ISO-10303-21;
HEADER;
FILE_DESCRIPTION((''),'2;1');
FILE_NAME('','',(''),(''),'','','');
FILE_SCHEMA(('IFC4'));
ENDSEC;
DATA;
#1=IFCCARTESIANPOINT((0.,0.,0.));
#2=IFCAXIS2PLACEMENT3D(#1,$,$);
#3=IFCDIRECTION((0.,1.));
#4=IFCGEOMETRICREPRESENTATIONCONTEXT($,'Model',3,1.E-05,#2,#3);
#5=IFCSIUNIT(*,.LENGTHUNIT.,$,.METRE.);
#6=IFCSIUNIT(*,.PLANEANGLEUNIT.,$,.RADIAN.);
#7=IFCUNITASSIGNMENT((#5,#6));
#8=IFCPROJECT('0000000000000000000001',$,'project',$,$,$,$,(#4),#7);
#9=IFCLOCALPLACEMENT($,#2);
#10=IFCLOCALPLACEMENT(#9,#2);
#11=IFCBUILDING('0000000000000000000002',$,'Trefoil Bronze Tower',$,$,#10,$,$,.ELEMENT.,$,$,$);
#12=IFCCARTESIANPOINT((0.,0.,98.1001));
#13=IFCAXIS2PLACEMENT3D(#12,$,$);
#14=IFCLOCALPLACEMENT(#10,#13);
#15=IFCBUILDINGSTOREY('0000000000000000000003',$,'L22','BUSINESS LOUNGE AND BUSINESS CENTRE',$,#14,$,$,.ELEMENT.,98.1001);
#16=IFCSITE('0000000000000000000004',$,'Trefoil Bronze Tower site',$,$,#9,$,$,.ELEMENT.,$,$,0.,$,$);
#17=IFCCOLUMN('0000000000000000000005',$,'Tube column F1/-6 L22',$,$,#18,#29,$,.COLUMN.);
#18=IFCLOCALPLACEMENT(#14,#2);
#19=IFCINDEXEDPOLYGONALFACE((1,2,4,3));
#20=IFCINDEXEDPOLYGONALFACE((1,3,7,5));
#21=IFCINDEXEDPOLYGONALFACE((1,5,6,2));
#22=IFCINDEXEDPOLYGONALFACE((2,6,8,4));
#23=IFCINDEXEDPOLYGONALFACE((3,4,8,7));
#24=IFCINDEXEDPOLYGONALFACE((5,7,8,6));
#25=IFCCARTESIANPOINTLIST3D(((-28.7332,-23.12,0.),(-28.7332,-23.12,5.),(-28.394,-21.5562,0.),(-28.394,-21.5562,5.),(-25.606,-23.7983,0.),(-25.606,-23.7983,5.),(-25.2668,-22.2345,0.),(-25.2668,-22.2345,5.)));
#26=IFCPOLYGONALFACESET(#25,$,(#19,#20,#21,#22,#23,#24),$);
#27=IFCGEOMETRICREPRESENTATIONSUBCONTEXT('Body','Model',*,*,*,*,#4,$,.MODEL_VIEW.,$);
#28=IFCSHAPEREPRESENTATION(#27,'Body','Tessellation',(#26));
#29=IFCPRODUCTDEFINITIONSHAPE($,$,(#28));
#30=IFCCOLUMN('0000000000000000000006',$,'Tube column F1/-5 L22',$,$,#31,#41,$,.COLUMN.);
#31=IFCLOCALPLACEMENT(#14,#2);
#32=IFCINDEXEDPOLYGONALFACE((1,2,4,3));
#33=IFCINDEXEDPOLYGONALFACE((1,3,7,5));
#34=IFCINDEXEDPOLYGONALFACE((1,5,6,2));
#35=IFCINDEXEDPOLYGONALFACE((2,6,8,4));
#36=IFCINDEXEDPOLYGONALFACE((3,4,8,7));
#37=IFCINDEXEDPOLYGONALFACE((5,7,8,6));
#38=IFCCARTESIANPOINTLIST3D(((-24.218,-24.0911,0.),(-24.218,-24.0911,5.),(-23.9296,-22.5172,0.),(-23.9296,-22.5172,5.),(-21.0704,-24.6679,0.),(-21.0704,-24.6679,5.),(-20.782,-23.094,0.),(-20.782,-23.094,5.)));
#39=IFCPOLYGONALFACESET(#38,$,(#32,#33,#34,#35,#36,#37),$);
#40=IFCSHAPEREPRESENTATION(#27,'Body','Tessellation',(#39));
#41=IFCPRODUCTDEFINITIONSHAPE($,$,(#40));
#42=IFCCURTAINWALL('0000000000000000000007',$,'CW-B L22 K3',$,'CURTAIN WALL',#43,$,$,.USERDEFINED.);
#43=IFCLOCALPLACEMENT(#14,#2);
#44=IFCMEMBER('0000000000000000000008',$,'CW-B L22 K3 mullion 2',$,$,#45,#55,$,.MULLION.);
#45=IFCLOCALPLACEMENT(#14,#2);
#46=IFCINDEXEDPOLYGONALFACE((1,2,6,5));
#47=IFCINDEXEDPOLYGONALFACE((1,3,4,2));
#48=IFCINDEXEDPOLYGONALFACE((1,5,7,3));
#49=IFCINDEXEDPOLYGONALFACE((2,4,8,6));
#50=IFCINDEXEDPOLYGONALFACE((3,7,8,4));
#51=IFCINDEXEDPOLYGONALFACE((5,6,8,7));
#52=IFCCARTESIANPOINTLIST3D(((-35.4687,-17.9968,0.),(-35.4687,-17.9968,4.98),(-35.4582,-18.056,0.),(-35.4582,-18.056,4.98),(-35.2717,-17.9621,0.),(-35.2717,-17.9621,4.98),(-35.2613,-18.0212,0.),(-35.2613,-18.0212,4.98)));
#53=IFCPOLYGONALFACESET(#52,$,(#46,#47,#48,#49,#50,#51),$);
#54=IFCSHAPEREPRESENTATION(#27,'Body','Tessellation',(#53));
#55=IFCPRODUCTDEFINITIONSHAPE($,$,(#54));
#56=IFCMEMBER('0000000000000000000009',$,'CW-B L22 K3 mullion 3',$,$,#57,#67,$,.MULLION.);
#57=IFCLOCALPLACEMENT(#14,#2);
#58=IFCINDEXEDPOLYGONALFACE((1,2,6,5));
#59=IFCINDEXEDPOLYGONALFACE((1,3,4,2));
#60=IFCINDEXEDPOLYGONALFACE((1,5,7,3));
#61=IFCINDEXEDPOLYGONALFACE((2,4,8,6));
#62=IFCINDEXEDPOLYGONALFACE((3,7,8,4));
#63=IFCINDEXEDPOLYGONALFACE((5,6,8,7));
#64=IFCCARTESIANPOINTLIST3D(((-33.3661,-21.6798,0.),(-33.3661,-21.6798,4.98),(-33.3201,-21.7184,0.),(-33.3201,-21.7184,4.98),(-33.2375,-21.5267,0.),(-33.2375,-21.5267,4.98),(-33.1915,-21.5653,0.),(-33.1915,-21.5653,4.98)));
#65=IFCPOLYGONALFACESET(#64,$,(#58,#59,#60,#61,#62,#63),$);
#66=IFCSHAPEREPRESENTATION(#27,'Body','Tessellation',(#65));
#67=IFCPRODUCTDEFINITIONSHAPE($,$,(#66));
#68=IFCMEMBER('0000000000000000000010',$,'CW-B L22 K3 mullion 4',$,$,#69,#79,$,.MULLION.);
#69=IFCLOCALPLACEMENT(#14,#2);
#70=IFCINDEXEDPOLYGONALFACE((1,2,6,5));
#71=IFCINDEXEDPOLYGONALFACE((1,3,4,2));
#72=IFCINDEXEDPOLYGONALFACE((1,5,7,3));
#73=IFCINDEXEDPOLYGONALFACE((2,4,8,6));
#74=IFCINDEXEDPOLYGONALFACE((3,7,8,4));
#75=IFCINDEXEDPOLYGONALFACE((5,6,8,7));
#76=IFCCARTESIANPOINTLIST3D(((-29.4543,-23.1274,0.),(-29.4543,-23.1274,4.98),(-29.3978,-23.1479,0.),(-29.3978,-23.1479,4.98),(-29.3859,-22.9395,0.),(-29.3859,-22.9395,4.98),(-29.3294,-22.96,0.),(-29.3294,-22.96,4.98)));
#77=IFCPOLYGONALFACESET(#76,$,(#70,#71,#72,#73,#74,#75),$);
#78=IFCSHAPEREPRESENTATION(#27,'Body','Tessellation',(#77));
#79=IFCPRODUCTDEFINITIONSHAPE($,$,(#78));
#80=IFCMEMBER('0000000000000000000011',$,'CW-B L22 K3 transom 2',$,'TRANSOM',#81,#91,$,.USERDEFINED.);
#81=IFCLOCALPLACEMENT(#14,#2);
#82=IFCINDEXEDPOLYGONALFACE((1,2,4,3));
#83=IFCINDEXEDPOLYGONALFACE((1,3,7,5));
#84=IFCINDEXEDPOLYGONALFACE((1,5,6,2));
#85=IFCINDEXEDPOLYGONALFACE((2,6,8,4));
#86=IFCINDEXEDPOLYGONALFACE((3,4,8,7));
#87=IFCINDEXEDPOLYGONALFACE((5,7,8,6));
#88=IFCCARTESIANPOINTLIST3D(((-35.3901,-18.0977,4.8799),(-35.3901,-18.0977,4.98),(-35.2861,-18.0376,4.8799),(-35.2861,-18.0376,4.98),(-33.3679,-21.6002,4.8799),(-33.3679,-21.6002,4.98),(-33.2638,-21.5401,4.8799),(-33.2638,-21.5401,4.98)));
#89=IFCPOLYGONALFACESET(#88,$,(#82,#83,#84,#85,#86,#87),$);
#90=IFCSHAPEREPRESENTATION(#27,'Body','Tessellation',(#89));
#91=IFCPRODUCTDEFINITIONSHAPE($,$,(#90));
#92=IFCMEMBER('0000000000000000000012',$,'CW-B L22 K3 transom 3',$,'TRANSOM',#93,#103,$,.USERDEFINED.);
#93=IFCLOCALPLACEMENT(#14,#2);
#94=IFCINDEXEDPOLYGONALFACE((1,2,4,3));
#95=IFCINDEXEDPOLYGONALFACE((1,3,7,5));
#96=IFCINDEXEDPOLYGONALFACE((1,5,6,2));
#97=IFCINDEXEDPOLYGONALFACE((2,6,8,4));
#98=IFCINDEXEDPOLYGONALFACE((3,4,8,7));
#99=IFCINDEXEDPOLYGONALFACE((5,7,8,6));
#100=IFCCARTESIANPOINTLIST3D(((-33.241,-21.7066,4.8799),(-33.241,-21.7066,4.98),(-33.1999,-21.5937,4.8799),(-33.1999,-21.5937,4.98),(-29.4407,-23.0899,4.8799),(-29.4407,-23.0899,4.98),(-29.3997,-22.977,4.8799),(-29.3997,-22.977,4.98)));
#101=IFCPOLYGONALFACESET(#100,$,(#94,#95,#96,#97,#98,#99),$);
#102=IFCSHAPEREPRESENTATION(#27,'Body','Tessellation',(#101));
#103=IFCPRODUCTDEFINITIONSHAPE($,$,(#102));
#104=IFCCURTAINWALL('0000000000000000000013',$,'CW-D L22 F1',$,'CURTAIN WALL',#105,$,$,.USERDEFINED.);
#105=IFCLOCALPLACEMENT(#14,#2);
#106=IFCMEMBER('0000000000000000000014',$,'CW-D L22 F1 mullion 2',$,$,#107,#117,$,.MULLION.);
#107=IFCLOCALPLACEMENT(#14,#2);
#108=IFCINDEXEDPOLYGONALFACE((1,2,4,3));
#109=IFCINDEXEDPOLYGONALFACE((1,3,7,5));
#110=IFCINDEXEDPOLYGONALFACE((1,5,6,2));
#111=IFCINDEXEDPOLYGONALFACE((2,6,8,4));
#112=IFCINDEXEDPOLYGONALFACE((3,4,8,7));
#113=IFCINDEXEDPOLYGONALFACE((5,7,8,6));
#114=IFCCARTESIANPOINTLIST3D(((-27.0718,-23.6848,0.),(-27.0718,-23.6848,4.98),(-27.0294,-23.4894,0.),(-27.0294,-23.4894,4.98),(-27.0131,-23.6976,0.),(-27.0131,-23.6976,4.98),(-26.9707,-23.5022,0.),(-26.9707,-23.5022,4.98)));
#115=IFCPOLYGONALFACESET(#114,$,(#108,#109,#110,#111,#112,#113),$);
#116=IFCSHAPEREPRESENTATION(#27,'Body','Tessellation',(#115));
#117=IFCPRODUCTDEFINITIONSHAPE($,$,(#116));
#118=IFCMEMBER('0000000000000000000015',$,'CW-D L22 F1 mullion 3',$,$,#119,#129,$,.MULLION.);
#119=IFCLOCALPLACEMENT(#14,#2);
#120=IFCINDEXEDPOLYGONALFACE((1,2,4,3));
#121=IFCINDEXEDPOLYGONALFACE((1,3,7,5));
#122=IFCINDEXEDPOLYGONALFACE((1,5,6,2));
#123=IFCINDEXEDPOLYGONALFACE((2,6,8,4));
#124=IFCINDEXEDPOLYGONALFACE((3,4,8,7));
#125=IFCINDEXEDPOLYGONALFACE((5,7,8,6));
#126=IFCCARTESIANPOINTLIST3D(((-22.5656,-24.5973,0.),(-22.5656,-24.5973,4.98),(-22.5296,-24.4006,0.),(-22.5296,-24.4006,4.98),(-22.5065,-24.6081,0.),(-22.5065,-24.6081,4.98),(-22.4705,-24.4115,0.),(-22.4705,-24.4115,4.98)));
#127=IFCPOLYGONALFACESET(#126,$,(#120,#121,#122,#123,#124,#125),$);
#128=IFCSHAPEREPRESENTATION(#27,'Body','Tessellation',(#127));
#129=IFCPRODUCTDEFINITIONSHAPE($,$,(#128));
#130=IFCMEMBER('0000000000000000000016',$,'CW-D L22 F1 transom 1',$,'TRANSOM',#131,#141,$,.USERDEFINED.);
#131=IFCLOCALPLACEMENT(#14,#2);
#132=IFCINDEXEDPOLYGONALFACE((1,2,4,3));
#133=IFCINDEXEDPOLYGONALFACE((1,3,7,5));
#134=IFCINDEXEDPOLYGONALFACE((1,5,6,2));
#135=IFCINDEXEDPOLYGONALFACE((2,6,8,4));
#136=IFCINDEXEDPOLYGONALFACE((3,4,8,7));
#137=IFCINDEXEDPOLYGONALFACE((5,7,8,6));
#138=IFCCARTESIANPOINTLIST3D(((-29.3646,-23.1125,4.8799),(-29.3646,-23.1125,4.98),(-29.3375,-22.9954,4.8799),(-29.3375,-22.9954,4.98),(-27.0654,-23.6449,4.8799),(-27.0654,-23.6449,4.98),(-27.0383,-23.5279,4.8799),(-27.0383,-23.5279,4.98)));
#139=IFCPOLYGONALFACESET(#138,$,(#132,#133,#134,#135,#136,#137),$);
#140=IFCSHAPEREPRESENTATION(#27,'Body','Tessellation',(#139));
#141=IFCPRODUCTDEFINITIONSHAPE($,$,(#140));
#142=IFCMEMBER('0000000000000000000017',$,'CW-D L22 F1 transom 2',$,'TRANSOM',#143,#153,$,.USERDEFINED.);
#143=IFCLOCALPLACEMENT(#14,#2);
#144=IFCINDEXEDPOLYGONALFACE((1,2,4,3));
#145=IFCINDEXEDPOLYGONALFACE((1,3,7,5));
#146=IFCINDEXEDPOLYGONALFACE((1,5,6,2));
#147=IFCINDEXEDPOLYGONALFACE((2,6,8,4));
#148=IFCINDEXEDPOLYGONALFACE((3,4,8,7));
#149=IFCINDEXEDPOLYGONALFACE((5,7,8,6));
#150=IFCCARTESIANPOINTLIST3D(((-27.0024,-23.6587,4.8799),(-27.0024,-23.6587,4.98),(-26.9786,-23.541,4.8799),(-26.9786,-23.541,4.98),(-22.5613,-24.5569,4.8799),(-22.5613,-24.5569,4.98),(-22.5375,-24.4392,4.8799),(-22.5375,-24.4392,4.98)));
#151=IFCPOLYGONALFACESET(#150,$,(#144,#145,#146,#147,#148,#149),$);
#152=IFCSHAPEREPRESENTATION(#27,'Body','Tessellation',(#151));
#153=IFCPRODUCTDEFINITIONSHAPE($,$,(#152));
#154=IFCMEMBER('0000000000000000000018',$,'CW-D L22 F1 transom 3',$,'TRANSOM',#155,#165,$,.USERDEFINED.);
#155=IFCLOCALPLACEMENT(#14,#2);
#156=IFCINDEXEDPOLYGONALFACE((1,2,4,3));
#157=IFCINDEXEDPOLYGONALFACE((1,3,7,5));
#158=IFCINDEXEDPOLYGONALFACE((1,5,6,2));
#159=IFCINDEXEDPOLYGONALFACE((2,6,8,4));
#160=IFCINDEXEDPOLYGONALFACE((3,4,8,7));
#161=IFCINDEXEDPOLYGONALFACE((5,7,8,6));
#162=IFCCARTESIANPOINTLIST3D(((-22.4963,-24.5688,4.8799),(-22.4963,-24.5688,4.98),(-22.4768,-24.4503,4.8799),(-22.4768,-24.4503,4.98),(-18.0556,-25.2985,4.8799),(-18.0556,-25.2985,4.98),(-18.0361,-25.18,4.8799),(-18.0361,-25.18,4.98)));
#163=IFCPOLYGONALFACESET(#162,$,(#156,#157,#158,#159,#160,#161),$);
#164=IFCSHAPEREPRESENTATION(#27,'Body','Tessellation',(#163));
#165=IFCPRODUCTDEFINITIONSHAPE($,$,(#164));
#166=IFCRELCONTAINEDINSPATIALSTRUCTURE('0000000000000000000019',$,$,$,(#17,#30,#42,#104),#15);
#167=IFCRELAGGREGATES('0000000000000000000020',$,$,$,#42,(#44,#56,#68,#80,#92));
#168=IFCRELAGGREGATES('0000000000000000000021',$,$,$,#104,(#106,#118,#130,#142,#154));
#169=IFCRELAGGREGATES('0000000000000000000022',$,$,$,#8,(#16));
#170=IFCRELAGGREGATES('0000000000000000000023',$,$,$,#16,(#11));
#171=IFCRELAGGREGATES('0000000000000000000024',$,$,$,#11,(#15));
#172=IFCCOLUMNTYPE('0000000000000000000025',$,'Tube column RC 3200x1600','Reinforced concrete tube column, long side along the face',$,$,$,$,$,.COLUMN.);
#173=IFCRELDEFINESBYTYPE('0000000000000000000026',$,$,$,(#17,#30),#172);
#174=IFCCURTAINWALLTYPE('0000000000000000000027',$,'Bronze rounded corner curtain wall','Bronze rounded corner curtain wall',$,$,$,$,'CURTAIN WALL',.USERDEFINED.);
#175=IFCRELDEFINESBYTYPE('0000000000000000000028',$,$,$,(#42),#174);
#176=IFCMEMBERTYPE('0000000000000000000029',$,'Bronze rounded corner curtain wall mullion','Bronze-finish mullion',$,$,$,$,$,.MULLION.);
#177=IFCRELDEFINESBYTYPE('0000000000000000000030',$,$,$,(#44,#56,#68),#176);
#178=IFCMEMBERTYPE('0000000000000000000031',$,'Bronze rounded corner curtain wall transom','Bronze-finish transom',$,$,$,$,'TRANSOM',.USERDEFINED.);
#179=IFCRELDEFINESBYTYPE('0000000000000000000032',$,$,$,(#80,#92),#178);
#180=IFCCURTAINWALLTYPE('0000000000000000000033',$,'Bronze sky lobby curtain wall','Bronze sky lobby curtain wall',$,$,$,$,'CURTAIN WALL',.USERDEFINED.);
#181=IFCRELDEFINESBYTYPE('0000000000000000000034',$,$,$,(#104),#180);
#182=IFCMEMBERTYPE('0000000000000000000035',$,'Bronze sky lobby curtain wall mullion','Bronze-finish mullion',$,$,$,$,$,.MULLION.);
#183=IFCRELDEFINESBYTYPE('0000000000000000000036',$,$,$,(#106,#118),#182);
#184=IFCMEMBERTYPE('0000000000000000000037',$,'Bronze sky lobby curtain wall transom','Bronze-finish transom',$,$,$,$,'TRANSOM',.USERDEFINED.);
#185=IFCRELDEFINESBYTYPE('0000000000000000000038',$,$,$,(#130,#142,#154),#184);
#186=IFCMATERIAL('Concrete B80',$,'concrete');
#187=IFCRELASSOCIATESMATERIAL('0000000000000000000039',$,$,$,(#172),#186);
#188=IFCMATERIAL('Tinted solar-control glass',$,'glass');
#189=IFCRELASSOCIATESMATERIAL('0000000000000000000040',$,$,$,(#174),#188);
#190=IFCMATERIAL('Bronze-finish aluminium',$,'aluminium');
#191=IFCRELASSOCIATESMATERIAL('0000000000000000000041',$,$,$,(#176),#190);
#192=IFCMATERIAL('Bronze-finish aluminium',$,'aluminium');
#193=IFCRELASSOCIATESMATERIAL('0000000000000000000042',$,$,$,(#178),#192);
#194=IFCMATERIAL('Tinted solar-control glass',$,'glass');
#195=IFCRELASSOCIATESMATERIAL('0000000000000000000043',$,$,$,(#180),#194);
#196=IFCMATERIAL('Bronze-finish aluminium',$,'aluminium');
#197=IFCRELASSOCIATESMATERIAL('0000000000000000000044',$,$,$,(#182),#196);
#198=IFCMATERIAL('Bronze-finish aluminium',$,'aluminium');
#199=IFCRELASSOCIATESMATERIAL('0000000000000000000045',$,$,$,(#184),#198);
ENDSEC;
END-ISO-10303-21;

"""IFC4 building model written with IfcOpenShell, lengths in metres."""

from ifc_helpers import new_model, si_unit, direction, frame, origin, origin_2d, place, context, subcontext, project, spatial, rectangle, extrude, material, material_profile, profile_set, type_object, element, aggregate, save


model = new_model("IFC4")

# Units and contexts
model_context = context("Model", 3, precision=1e-05, world=origin(), true_north=direction((0.0, 1.0)))
body_context = subcontext(model_context, "Body", "Model", "MODEL_VIEW")
ifc_project = project(units=[si_unit("LENGTHUNIT", "METRE"), si_unit("PLANEANGLEUNIT", "RADIAN")], contexts=[model_context])

# Site, building, storey
site_placement = place(None, origin())
site = spatial("IfcSite", under=ifc_project, at=site_placement, Name="Trefoil Bronze Tower site", CompositionType="ELEMENT", RefElevation=0.0)
building_placement = place(site_placement, origin())
building = spatial("IfcBuilding", under=site, at=building_placement, Name="Trefoil Bronze Tower", CompositionType="ELEMENT")
storey_placement = place(building_placement, frame((0.0, 0.0, 98.1001)))
storey = spatial("IfcBuildingStorey", under=building, at=storey_placement, Name="L22", Description="BUSINESS LOUNGE AND BUSINESS CENTRE", CompositionType="ELEMENT", Elevation=98.1001)

# Columns
ifc_material_1 = material(Name="Concrete B80", Category="concrete")
ifc_material_profile_1 = material_profile(ifc_material_1, rectangle(XDim=3.2, YDim=1.6001, at=origin_2d()), Name="RC 3200x1600")
ifc_profile_set_1 = profile_set([ifc_material_profile_1], Name="Concrete B80")
column_type = type_object("IfcColumnType", Name="Tube column RC 3200x1600", Description="Reinforced concrete tube column, long side along the face", PredefinedType="COLUMN", material=ifc_profile_set_1)
for number, where, z_axis, x_axis, name in (
    (1, (-27.0, -22.6772, 0.0), (0.0, 0.0, 1.0), (0.977276, -0.21197, 0.0), "Tube column F1/-6 L22"),
    (2, (-22.5, -23.5925, 0.0), (0.0, 0.0, 1.0), (0.983623, -0.180241, 0.0), "Tube column F1/-5 L22"),
):
    element("IfcColumn", number, at=place(storey_placement, frame(where, z_axis=z_axis, x_axis=x_axis)), inside=storey, type_object=column_type, Name=name, PredefinedType="COLUMN", context=body_context, shape_type="SweptSolid", body=[
        extrude(rectangle(XDim=3.2, YDim=1.6001, at=origin_2d()), origin(), (0.0, 0.0, 1.0), 5.0),
    ])

# Curtain walls, members
ifc_material_2 = material(Name="Tinted solar-control glass", Category="glass")
curtain_wall_type_1 = type_object("IfcCurtainWallType", Name="Bronze rounded corner curtain wall", Description="Bronze rounded corner curtain wall", ElementType="CURTAIN WALL", PredefinedType="USERDEFINED", material=ifc_material_2)
curtain_wall_1_placement = place(storey_placement, origin())
curtain_wall_1 = element("IfcCurtainWall", 3, at=curtain_wall_1_placement, inside=storey, type_object=curtain_wall_type_1, Name="CW-B L22 K3", ObjectType="CURTAIN WALL", PredefinedType="USERDEFINED")
ifc_material_3 = material(Name="Bronze-finish aluminium", Category="aluminium")
ifc_material_profile_2 = material_profile(ifc_material_3, rectangle(XDim=0.2, YDim=0.0601, at=origin_2d()), Name="CW-B mullion")
ifc_profile_set_2 = profile_set([ifc_material_profile_2], Name="Bronze-finish aluminium")
member_type_1 = type_object("IfcMemberType", Name="Bronze rounded corner curtain wall mullion", Description="Bronze-finish mullion", PredefinedType="MULLION", material=ifc_profile_set_2)
member_1_placement = place(storey_placement, frame((-35.365, -18.009, 0.0), z_axis=(0.0, 0.0, 1.0), x_axis=(0.984808, 0.173648, 0.0)))
member_1 = element("IfcMember", 4, at=member_1_placement, type_object=member_type_1, Name="CW-B L22 K3 mullion 2", PredefinedType="MULLION", context=body_context, shape_type="SweptSolid", body=[
    extrude(rectangle(XDim=0.2, YDim=0.0601, at=origin_2d()), origin(), (0.0, 0.0, 1.0), 4.98),
])
member_2_placement = place(storey_placement, frame((-33.2788, -21.6226, 0.0), z_axis=(0.0, 0.0, 1.0), x_axis=(0.642788, 0.766044, 0.0)))
member_2 = element("IfcMember", 5, at=member_2_placement, type_object=member_type_1, Name="CW-B L22 K3 mullion 3", PredefinedType="MULLION", context=body_context, shape_type="SweptSolid", body=[
    extrude(rectangle(XDim=0.2, YDim=0.0601, at=origin_2d()), origin(), (0.0, 0.0, 1.0), 4.98),
])
member_3_placement = place(storey_placement, frame((-29.3918, -23.0437, 0.0), z_axis=(0.0, 0.0, 1.0), x_axis=(0.34202, 0.939693, 0.0)))
member_3 = element("IfcMember", 6, at=member_3_placement, type_object=member_type_1, Name="CW-B L22 K3 mullion 4", PredefinedType="MULLION", context=body_context, shape_type="SweptSolid", body=[
    extrude(rectangle(XDim=0.2, YDim=0.0601, at=origin_2d()), origin(), (0.0, 0.0, 1.0), 4.98),
])
ifc_material_4 = material(Name="Bronze-finish aluminium", Category="aluminium")
ifc_material_profile_3 = material_profile(ifc_material_4, rectangle(XDim=0.1201, YDim=0.1001, at=origin_2d()), Name="CW-B transom")
ifc_profile_set_3 = profile_set([ifc_material_profile_3], Name="Bronze-finish aluminium")
member_type_2 = type_object("IfcMemberType", Name="Bronze rounded corner curtain wall transom", Description="Bronze-finish transom", ElementType="TRANSOM", PredefinedType="USERDEFINED", material=ifc_profile_set_3)
member_4_placement = place(storey_placement, frame((-35.3381, -18.0676, 4.9299), z_axis=(0.500015, -0.866017, 0.0), x_axis=(0.866017, 0.500015, 0.0)))
member_4 = element("IfcMember", 7, at=member_4_placement, type_object=member_type_2, Name="CW-B L22 K3 transom 2", ObjectType="TRANSOM", PredefinedType="USERDEFINED", context=body_context, shape_type="SweptSolid", body=[
    extrude(rectangle(XDim=0.1201, YDim=0.1001, at=origin_2d()), origin(), (0.0, 0.0, 1.0), 4.0444),
])
member_5_placement = place(storey_placement, frame((-33.2205, -21.6501, 4.9299), z_axis=(0.939684, -0.342044, 0.0), x_axis=(0.342044, 0.939684, 0.0)))
member_5 = element("IfcMember", 8, at=member_5_placement, type_object=member_type_2, Name="CW-B L22 K3 transom 3", ObjectType="TRANSOM", PredefinedType="USERDEFINED", context=body_context, shape_type="SweptSolid", body=[
    extrude(rectangle(XDim=0.1201, YDim=0.1001, at=origin_2d()), origin(), (0.0, 0.0, 1.0), 4.0442),
])
ifc_material_5 = material(Name="Tinted solar-control glass", Category="glass")
curtain_wall_type_2 = type_object("IfcCurtainWallType", Name="Bronze sky lobby curtain wall", Description="Bronze sky lobby curtain wall", ElementType="CURTAIN WALL", PredefinedType="USERDEFINED", material=ifc_material_5)
curtain_wall_2_placement = place(storey_placement, origin())
curtain_wall_2 = element("IfcCurtainWall", 9, at=curtain_wall_2_placement, inside=storey, type_object=curtain_wall_type_2, Name="CW-D L22 F1", ObjectType="CURTAIN WALL", PredefinedType="USERDEFINED")
ifc_material_6 = material(Name="Bronze-finish aluminium", Category="aluminium")
ifc_material_profile_4 = material_profile(ifc_material_6, rectangle(XDim=0.2, YDim=0.0601, at=origin_2d()), Name="CW-D mullion")
ifc_profile_set_4 = profile_set([ifc_material_profile_4], Name="Bronze-finish aluminium")
member_type_3 = type_object("IfcMemberType", Name="Bronze sky lobby curtain wall mullion", Description="Bronze-finish mullion", PredefinedType="MULLION", material=ifc_profile_set_4)
member_6_placement = place(storey_placement, frame((-27.0212, -23.5935, 0.0), z_axis=(0.0, 0.0, 1.0), x_axis=(0.21197, 0.977276, 0.0)))
member_6 = element("IfcMember", 10, at=member_6_placement, type_object=member_type_3, Name="CW-D L22 F1 mullion 2", PredefinedType="MULLION", context=body_context, shape_type="SweptSolid", body=[
    extrude(rectangle(XDim=0.2, YDim=0.0601, at=origin_2d()), origin(), (0.0, 0.0, 1.0), 4.98),
])
member_7_placement = place(storey_placement, frame((-22.5181, -24.5044, 0.0), z_axis=(0.0, 0.0, 1.0), x_axis=(0.180241, 0.983623, 0.0)))
member_7 = element("IfcMember", 11, at=member_7_placement, type_object=member_type_3, Name="CW-D L22 F1 mullion 3", PredefinedType="MULLION", context=body_context, shape_type="SweptSolid", body=[
    extrude(rectangle(XDim=0.2, YDim=0.0601, at=origin_2d()), origin(), (0.0, 0.0, 1.0), 4.98),
])
ifc_material_7 = material(Name="Bronze-finish aluminium", Category="aluminium")
ifc_material_profile_5 = material_profile(ifc_material_7, rectangle(XDim=0.1201, YDim=0.1001, at=origin_2d()), Name="CW-D transom")
ifc_profile_set_5 = profile_set([ifc_material_profile_5], Name="Bronze-finish aluminium")
member_type_4 = type_object("IfcMemberType", Name="Bronze sky lobby curtain wall transom", Description="Bronze-finish transom", ElementType="TRANSOM", PredefinedType="USERDEFINED", material=ifc_profile_set_5)
member_8_placement = place(storey_placement, frame((-29.3511, -23.054, 4.9299), z_axis=(0.974218, -0.225607, 0.0), x_axis=(0.225607, 0.974218, 0.0)))
member_8 = element("IfcMember", 12, at=member_8_placement, type_object=member_type_4, Name="CW-D L22 F1 transom 1", ObjectType="TRANSOM", PredefinedType="USERDEFINED", context=body_context, shape_type="SweptSolid", body=[
    extrude(rectangle(XDim=0.1201, YDim=0.1001, at=origin_2d()), origin(), (0.0, 0.0, 1.0), 2.3601),
])
member_9_placement = place(storey_placement, frame((-26.9905, -23.5999, 4.9299), z_axis=(0.980156, -0.198229, 0.0), x_axis=(0.198229, 0.980156, 0.0)))
member_9 = element("IfcMember", 13, at=member_9_placement, type_object=member_type_4, Name="CW-D L22 F1 transom 2", ObjectType="TRANSOM", PredefinedType="USERDEFINED", context=body_context, shape_type="SweptSolid", body=[
    extrude(rectangle(XDim=0.1201, YDim=0.1001, at=origin_2d()), origin(), (0.0, 0.0, 1.0), 4.531),
])
member_10_placement = place(storey_placement, frame((-22.4866, -24.5095, 4.9299), z_axis=(0.986765, -0.162155, 0.0), x_axis=(0.162155, 0.986765, 0.0)))
member_10 = element("IfcMember", 14, at=member_10_placement, type_object=member_type_4, Name="CW-D L22 F1 transom 3", ObjectType="TRANSOM", PredefinedType="USERDEFINED", context=body_context, shape_type="SweptSolid", body=[
    extrude(rectangle(XDim=0.1201, YDim=0.1001, at=origin_2d()), origin(), (0.0, 0.0, 1.0), 4.5002),
])

aggregate(curtain_wall_1, [member_1, member_2, member_3, member_4, member_5])
aggregate(curtain_wall_2, [member_6, member_7, member_8, member_9, member_10])

save(model, "model.ifc")
